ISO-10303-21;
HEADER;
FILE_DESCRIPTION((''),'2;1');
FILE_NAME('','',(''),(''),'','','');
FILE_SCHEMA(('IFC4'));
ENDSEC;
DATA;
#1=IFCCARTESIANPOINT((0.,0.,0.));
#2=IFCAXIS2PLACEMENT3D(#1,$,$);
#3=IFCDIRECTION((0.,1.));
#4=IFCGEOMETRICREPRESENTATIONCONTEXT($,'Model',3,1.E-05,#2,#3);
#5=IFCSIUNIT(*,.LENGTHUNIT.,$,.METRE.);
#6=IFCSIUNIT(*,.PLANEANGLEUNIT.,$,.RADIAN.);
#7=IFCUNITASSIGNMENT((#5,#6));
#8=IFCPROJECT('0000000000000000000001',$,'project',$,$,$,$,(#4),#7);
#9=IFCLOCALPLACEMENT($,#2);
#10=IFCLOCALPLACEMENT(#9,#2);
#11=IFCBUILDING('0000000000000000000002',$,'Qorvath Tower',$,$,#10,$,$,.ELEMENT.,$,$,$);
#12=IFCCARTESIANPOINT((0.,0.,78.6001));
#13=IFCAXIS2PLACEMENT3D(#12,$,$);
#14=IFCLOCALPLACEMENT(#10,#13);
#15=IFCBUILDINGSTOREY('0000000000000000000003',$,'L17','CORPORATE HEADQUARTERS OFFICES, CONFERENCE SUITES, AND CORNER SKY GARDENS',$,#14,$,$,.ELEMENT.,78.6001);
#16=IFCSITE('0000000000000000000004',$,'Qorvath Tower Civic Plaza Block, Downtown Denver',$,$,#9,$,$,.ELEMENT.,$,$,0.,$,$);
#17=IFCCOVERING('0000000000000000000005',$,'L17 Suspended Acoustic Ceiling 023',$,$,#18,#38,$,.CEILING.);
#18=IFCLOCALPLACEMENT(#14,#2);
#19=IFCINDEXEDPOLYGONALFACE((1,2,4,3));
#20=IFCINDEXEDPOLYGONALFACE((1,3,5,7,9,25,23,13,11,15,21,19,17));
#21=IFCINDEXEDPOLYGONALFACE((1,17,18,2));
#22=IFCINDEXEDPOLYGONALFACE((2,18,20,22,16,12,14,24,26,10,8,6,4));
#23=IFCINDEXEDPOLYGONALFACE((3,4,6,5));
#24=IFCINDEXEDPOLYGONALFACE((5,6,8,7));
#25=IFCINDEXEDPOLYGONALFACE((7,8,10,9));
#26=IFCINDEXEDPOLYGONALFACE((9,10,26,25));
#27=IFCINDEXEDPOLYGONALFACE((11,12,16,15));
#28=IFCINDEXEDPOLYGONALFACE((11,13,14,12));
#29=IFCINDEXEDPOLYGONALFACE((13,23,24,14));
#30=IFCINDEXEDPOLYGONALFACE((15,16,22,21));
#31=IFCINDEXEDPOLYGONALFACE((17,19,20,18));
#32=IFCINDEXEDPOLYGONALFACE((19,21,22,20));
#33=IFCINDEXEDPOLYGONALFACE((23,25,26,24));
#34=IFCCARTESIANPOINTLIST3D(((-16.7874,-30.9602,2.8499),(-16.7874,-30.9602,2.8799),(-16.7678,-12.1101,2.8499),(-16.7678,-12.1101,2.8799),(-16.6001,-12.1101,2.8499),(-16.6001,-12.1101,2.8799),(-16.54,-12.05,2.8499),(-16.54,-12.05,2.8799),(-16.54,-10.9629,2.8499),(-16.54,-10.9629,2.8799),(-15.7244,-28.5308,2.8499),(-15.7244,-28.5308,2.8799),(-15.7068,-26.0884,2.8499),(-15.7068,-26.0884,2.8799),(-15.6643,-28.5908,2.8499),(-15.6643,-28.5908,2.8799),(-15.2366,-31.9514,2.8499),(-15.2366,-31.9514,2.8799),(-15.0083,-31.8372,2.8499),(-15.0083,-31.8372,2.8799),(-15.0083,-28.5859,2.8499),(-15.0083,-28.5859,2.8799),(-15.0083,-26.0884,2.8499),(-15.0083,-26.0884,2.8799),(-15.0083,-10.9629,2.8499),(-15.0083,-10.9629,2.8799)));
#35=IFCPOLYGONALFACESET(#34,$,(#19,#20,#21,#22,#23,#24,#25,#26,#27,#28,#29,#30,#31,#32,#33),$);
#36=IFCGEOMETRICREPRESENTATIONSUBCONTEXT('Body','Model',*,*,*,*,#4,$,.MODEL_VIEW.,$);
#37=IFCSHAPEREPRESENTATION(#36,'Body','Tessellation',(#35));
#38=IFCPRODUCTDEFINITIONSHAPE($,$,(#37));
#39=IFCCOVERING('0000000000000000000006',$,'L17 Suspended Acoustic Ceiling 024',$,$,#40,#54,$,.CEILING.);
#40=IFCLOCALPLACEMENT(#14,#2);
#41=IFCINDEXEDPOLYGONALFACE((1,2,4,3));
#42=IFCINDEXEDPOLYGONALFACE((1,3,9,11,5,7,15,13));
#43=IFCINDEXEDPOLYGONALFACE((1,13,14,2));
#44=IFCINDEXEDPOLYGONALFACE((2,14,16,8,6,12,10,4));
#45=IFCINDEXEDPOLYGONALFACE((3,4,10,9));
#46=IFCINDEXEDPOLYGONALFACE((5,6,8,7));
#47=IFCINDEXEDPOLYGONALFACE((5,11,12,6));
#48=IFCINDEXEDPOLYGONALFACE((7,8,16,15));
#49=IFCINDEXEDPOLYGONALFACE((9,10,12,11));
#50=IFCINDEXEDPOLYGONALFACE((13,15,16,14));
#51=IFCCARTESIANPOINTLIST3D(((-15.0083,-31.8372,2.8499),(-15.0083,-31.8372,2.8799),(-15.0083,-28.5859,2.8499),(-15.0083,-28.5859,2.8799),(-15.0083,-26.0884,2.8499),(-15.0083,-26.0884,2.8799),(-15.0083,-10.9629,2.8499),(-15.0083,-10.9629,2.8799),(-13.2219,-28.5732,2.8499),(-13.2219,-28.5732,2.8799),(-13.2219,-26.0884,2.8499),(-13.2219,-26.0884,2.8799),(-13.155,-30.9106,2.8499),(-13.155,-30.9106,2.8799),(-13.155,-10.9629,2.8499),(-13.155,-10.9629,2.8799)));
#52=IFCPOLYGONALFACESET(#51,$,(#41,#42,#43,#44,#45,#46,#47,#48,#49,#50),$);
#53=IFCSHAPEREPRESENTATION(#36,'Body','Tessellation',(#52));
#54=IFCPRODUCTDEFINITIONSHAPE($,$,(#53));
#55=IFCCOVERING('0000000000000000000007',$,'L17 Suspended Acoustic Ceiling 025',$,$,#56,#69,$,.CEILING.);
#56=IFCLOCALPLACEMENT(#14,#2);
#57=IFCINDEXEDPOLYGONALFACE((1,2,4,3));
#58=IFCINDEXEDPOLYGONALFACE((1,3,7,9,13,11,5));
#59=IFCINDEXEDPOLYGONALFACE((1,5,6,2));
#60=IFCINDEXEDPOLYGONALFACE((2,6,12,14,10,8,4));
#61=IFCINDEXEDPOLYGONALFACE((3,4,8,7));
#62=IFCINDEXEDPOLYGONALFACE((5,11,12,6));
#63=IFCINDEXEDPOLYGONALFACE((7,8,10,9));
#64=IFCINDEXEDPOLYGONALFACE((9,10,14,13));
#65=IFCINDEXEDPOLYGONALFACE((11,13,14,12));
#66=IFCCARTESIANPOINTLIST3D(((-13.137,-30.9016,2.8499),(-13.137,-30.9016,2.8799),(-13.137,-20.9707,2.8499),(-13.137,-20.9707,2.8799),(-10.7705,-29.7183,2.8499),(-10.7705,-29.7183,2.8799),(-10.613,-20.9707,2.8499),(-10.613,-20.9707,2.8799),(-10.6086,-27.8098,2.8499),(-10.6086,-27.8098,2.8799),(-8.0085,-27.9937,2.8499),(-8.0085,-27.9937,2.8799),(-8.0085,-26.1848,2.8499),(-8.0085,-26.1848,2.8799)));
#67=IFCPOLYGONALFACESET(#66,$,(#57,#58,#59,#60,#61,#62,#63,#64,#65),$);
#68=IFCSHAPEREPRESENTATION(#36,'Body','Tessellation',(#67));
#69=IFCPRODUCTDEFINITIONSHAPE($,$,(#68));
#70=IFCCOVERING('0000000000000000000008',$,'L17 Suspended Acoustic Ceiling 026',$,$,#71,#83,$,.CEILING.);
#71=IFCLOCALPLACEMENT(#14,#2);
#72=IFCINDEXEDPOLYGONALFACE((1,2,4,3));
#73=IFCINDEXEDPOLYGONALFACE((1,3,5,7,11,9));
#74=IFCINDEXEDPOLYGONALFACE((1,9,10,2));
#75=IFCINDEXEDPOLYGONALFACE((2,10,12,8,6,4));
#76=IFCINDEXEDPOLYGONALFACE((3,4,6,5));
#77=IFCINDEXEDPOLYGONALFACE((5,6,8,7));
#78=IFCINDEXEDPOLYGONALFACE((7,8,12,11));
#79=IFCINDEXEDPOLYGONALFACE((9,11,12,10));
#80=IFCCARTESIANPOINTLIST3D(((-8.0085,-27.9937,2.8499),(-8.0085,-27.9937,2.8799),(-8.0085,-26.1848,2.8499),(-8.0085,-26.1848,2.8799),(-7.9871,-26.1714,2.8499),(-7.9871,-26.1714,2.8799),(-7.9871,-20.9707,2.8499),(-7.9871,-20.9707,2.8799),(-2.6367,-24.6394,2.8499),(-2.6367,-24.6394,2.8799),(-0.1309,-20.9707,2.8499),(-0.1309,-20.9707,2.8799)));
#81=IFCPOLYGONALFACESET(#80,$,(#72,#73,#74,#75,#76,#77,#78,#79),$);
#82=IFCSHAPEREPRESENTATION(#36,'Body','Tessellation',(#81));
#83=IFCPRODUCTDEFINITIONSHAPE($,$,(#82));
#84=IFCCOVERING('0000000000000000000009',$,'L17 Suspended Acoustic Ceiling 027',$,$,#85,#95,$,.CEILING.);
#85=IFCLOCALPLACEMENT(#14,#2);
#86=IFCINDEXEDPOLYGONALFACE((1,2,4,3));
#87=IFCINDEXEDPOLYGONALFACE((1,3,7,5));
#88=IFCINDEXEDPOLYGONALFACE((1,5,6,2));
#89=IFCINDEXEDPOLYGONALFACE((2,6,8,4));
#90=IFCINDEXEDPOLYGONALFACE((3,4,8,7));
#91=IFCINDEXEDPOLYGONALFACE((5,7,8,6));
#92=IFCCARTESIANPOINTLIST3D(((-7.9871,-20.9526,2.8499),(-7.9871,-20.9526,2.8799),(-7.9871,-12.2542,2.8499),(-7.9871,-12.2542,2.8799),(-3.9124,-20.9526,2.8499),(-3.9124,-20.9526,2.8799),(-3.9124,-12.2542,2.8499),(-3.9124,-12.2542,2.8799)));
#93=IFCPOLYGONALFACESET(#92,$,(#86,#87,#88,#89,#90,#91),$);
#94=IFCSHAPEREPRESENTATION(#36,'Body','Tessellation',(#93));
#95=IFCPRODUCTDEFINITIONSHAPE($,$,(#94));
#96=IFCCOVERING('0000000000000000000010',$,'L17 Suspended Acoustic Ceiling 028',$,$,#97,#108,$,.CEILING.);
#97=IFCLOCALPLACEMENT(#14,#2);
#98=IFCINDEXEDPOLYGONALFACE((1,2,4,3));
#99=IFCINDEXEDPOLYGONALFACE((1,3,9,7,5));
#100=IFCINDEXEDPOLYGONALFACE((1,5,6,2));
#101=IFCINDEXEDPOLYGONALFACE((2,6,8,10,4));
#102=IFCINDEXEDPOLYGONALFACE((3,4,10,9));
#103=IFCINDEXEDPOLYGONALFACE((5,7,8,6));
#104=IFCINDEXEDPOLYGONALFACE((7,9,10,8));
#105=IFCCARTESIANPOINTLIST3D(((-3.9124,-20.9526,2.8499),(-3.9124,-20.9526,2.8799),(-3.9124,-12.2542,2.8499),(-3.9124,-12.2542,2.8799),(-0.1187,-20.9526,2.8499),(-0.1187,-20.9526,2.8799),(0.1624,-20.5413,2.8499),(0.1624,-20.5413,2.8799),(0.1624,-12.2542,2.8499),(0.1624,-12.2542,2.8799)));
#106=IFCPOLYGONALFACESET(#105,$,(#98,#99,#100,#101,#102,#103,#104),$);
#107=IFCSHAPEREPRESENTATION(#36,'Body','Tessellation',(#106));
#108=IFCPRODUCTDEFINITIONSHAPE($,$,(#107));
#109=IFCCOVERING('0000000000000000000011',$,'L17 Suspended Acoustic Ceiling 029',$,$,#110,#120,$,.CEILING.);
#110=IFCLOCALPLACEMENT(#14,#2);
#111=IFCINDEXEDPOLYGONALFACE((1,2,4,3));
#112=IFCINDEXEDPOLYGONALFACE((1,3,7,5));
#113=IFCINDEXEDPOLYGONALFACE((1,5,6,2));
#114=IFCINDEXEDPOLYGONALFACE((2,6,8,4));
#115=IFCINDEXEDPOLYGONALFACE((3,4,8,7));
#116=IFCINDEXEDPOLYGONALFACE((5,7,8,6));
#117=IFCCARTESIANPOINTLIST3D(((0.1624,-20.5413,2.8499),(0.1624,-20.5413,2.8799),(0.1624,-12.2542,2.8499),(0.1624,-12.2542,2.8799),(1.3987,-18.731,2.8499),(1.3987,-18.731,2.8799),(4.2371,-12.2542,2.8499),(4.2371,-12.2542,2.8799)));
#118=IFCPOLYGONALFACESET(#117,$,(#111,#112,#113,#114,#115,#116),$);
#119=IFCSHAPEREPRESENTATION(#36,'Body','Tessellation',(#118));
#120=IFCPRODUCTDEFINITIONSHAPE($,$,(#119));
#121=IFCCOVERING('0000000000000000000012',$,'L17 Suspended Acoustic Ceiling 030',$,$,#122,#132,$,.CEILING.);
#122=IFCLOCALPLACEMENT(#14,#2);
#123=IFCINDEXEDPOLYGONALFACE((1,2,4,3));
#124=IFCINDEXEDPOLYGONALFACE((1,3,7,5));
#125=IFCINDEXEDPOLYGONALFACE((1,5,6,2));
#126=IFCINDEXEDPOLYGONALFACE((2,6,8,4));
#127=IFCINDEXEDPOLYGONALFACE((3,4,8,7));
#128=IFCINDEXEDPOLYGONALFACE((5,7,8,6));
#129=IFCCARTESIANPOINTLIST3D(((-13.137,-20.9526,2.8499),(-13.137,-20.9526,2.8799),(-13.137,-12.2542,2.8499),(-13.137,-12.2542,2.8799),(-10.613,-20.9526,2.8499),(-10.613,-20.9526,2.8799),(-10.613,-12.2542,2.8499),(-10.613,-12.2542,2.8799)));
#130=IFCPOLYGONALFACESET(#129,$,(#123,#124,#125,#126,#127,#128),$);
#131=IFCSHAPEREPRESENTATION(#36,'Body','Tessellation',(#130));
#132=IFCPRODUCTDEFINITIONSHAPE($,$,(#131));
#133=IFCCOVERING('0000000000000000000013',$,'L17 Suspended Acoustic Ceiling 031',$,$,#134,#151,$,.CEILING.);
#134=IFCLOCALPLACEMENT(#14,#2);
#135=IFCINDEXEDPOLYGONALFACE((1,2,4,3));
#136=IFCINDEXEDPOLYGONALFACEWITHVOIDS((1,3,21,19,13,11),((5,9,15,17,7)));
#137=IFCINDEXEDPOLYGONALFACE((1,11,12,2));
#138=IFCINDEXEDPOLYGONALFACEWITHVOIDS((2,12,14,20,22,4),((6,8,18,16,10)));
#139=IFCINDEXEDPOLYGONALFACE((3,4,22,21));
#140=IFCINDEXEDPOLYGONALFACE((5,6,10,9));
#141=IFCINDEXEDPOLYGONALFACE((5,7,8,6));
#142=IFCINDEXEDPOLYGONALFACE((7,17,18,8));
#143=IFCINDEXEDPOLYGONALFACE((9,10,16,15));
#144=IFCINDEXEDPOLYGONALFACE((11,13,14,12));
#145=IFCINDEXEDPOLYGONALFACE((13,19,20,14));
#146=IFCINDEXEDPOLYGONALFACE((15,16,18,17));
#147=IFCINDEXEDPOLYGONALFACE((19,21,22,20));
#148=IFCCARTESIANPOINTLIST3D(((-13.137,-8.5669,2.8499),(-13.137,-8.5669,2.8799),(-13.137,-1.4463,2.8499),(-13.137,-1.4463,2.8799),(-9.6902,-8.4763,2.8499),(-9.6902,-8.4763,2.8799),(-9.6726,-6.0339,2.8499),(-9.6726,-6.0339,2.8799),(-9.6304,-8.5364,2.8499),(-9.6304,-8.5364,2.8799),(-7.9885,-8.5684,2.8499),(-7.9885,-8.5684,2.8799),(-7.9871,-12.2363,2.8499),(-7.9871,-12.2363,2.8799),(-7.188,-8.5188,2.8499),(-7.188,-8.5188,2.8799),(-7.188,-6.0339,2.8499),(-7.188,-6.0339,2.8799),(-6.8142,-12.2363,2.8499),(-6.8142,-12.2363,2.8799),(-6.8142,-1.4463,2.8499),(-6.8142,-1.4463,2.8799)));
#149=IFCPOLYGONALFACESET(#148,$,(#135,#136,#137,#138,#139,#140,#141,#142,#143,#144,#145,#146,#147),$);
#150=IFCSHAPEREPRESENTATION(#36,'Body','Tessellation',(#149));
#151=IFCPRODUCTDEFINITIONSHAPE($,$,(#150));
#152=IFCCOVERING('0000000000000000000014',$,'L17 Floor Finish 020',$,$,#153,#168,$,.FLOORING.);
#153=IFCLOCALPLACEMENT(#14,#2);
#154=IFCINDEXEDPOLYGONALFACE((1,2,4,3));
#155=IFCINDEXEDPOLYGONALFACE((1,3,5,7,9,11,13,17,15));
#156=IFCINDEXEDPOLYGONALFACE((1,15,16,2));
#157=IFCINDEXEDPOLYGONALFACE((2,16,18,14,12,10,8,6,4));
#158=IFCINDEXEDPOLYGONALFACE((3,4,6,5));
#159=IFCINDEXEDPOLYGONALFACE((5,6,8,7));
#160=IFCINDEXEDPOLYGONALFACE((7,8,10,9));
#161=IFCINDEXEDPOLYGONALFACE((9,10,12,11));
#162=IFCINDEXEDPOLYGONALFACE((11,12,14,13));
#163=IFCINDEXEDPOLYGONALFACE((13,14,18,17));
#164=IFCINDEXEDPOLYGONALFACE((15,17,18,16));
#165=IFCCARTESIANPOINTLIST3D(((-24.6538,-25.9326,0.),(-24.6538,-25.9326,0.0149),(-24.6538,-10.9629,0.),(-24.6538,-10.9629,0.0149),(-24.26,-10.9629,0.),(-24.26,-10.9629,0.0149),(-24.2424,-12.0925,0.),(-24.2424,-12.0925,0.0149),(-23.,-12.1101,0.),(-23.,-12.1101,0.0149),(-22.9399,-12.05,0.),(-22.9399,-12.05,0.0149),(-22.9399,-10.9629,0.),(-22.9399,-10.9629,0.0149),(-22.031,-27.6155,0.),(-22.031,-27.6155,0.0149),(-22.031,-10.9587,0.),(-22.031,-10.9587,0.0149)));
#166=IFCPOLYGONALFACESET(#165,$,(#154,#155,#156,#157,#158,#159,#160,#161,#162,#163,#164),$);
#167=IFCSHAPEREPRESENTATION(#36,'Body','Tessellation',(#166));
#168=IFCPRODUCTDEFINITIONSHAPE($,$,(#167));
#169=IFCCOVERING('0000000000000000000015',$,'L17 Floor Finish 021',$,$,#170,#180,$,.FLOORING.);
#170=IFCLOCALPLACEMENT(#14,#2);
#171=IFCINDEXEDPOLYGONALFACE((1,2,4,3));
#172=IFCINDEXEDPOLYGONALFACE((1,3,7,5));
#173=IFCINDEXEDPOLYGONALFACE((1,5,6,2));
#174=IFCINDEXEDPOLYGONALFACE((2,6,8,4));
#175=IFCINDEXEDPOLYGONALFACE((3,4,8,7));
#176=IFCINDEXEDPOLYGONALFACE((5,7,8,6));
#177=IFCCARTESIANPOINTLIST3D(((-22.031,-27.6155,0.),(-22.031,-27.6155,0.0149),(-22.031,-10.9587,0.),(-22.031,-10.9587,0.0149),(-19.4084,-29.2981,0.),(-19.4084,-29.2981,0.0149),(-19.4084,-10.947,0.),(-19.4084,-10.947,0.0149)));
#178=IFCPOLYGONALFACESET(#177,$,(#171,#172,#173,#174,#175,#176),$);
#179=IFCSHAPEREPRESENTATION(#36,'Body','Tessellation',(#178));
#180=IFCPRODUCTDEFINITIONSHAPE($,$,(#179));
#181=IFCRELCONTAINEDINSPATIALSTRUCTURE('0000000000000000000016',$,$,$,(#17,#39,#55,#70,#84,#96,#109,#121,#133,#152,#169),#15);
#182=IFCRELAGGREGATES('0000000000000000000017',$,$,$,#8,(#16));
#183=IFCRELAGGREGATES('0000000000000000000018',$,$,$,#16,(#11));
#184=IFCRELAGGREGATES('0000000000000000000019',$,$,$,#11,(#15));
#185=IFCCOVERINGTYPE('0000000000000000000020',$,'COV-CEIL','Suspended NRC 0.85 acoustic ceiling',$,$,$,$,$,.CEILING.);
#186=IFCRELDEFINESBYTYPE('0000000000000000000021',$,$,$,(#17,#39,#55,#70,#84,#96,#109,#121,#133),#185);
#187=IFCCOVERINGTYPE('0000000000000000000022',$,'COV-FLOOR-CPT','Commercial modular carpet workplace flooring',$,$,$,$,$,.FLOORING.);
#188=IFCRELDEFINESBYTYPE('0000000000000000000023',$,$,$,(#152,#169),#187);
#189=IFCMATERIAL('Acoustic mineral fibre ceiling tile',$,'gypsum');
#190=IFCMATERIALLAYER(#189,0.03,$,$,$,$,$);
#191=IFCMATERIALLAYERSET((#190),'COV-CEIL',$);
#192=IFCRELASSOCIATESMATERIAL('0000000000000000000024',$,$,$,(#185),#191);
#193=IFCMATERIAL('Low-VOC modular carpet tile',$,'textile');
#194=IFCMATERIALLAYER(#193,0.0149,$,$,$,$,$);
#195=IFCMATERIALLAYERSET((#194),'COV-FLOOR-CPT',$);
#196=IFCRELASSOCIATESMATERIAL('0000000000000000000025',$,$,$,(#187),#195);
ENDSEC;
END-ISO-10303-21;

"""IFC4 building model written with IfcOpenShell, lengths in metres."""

from ifc_helpers import new_model, si_unit, direction, frame, origin, place, context, subcontext, project, spatial, polyline, outline, extrude, material, layer, layer_set, type_object, element, save


model = new_model("IFC4")

# Units and contexts
model_context = context("Model", 3, precision=1e-05, world=origin(), true_north=direction((0.0, 1.0)))
body_context = subcontext(model_context, "Body", "Model", "MODEL_VIEW")
ifc_project = project(units=[si_unit("LENGTHUNIT", "METRE"), si_unit("PLANEANGLEUNIT", "RADIAN")], contexts=[model_context])

# Site, building, storey
site_placement = place(None, origin())
site = spatial("IfcSite", under=ifc_project, at=site_placement, Name="Qorvath Tower Civic Plaza Block, Downtown Denver", CompositionType="ELEMENT", RefElevation=0.0)
building_placement = place(site_placement, origin())
building = spatial("IfcBuilding", under=site, at=building_placement, Name="Qorvath Tower", CompositionType="ELEMENT")
storey_placement = place(building_placement, frame((0.0, 0.0, 78.6001)))
storey = spatial("IfcBuildingStorey", under=building, at=storey_placement, Name="L17", Description="CORPORATE HEADQUARTERS OFFICES, CONFERENCE SUITES, AND CORNER SKY GARDENS", CompositionType="ELEMENT", Elevation=78.6001)

# Coverings
ifc_material_1 = material(Name="Acoustic mineral fibre ceiling tile", Category="gypsum")
ifc_layer_1 = layer(ifc_material_1, 0.03)
ifc_layer_set_1 = layer_set([ifc_layer_1], Name="COV-CEIL")
covering_type_1 = type_object("IfcCoveringType", Name="COV-CEIL", Description="Suspended NRC 0.85 acoustic ceiling", PredefinedType="CEILING", material=ifc_layer_set_1)
covering_1_placement = place(storey_placement, frame((0.0, 0.0, 2.8499)))
element("IfcCovering", 1, at=covering_1_placement, inside=storey, type_object=covering_type_1, Name="L17 Suspended Acoustic Ceiling 023", PredefinedType="CEILING", context=body_context, shape_type="SweptSolid", body=[
    extrude(outline(polyline([(-15.0083, -31.8372), (-15.0083, -28.5859), (-15.6643, -28.5908), (-15.7244, -28.5308), (-15.7068, -26.0884), (-15.0083, -26.0884), (-15.0083, -10.9629), (-16.54, -10.9629), (-16.54, -12.05), (-16.6001, -12.1101), (-16.7678, -12.1101), (-16.7874, -30.9602), (-15.2366, -31.9514), (-15.0083, -31.8372)])), origin(), (0.0, 0.0, 1.0), 0.03),
])
covering_2_placement = place(storey_placement, frame((0.0, 0.0, 2.8499)))
element("IfcCovering", 2, at=covering_2_placement, inside=storey, type_object=covering_type_1, Name="L17 Suspended Acoustic Ceiling 024", PredefinedType="CEILING", context=body_context, shape_type="SweptSolid", body=[
    extrude(outline(polyline([(-13.155, -30.9106), (-13.155, -10.9629), (-15.0083, -10.9629), (-15.0083, -26.0884), (-13.2219, -26.0884), (-13.2219, -28.5732), (-15.0083, -28.5859), (-15.0083, -31.8372), (-13.155, -30.9106)])), origin(), (0.0, 0.0, 1.0), 0.03),
])
covering_3_placement = place(storey_placement, frame((0.0, 0.0, 2.8499)))
element("IfcCovering", 3, at=covering_3_placement, inside=storey, type_object=covering_type_1, Name="L17 Suspended Acoustic Ceiling 025", PredefinedType="CEILING", context=body_context, shape_type="SweptSolid", body=[
    extrude(outline(polyline([(-13.137, -20.9707), (-13.137, -30.9016), (-10.7705, -29.7183), (-8.0085, -27.9937), (-8.0085, -26.1848), (-10.6086, -27.8098), (-10.613, -20.9707), (-13.137, -20.9707)])), origin(), (0.0, 0.0, 1.0), 0.03),
])
covering_4_placement = place(storey_placement, frame((0.0, 0.0, 2.8499)))
element("IfcCovering", 4, at=covering_4_placement, inside=storey, type_object=covering_type_1, Name="L17 Suspended Acoustic Ceiling 026", PredefinedType="CEILING", context=body_context, shape_type="SweptSolid", body=[
    extrude(outline(polyline([(-8.0085, -26.1848), (-8.0085, -27.9937), (-2.6367, -24.6394), (-0.1309, -20.9707), (-7.9871, -20.9707), (-7.9871, -26.1714), (-8.0085, -26.1848)])), origin(), (0.0, 0.0, 1.0), 0.03),
])
covering_5_placement = place(storey_placement, frame((0.0, 0.0, 2.8499)))
element("IfcCovering", 5, at=covering_5_placement, inside=storey, type_object=covering_type_1, Name="L17 Suspended Acoustic Ceiling 027", PredefinedType="CEILING", context=body_context, shape_type="SweptSolid", body=[
    extrude(outline(polyline([(-7.9871, -12.2542), (-7.9871, -20.9526), (-3.9124, -20.9526), (-3.9124, -12.2542), (-7.9871, -12.2542)])), origin(), (0.0, 0.0, 1.0), 0.03),
])
covering_6_placement = place(storey_placement, frame((0.0, 0.0, 2.8499)))
element("IfcCovering", 6, at=covering_6_placement, inside=storey, type_object=covering_type_1, Name="L17 Suspended Acoustic Ceiling 028", PredefinedType="CEILING", context=body_context, shape_type="SweptSolid", body=[
    extrude(outline(polyline([(-3.9124, -12.2542), (-3.9124, -20.9526), (-0.1187, -20.9526), (0.1624, -20.5413), (0.1624, -12.2542), (-3.9124, -12.2542)])), origin(), (0.0, 0.0, 1.0), 0.03),
])
covering_7_placement = place(storey_placement, frame((0.0, 0.0, 2.8499)))
element("IfcCovering", 7, at=covering_7_placement, inside=storey, type_object=covering_type_1, Name="L17 Suspended Acoustic Ceiling 029", PredefinedType="CEILING", context=body_context, shape_type="SweptSolid", body=[
    extrude(outline(polyline([(0.1624, -12.2542), (0.1624, -20.5413), (1.3987, -18.731), (4.2371, -12.2542), (0.1624, -12.2542)])), origin(), (0.0, 0.0, 1.0), 0.03),
])
covering_8_placement = place(storey_placement, frame((0.0, 0.0, 2.8499)))
element("IfcCovering", 8, at=covering_8_placement, inside=storey, type_object=covering_type_1, Name="L17 Suspended Acoustic Ceiling 030", PredefinedType="CEILING", context=body_context, shape_type="SweptSolid", body=[
    extrude(outline(polyline([(-10.613, -20.9526), (-10.613, -12.2542), (-13.137, -12.2542), (-13.137, -20.9526), (-10.613, -20.9526)])), origin(), (0.0, 0.0, 1.0), 0.03),
])
covering_9_placement = place(storey_placement, frame((0.0, 0.0, 2.8499)))
element("IfcCovering", 9, at=covering_9_placement, inside=storey, type_object=covering_type_1, Name="L17 Suspended Acoustic Ceiling 031", PredefinedType="CEILING", context=body_context, shape_type="SweptSolid", body=[
    extrude(outline(polyline([(-6.8142, -12.2363), (-6.8142, -1.4463), (-13.137, -1.4463), (-13.137, -8.5669), (-7.9885, -8.5684), (-7.9871, -12.2363), (-6.8142, -12.2363)]), holes=[polyline([(-9.6902, -8.4763), (-9.6726, -6.0339), (-7.188, -6.0339), (-7.188, -8.5188), (-9.6304, -8.5364), (-9.6902, -8.4763)])]), origin(), (0.0, 0.0, 1.0), 0.03),
])
ifc_material_2 = material(Name="Low-VOC modular carpet tile", Category="textile")
ifc_layer_2 = layer(ifc_material_2, 0.0149)
ifc_layer_set_2 = layer_set([ifc_layer_2], Name="COV-FLOOR-CPT")
covering_type_2 = type_object("IfcCoveringType", Name="COV-FLOOR-CPT", Description="Commercial modular carpet workplace flooring", PredefinedType="FLOORING", material=ifc_layer_set_2)
covering_10_placement = place(storey_placement, origin())
element("IfcCovering", 10, at=covering_10_placement, inside=storey, type_object=covering_type_2, Name="L17 Floor Finish 020", PredefinedType="FLOORING", context=body_context, shape_type="SweptSolid", body=[
    extrude(outline(polyline([(-24.6538, -25.9326), (-22.031, -27.6155), (-22.031, -10.9587), (-22.9399, -10.9629), (-22.9399, -12.05), (-23.0, -12.1101), (-24.2424, -12.0925), (-24.26, -10.9629), (-24.6538, -10.9629), (-24.6538, -25.9326)])), origin(), (0.0, 0.0, 1.0), 0.0149),
])
covering_11_placement = place(storey_placement, origin())
element("IfcCovering", 11, at=covering_11_placement, inside=storey, type_object=covering_type_2, Name="L17 Floor Finish 021", PredefinedType="FLOORING", context=body_context, shape_type="SweptSolid", body=[
    extrude(outline(polyline([(-22.031, -10.9587), (-22.031, -27.6155), (-19.4084, -29.2981), (-19.4084, -10.947), (-22.031, -10.9587)])), origin(), (0.0, 0.0, 1.0), 0.0149),
])

save(model, "model.ifc")
